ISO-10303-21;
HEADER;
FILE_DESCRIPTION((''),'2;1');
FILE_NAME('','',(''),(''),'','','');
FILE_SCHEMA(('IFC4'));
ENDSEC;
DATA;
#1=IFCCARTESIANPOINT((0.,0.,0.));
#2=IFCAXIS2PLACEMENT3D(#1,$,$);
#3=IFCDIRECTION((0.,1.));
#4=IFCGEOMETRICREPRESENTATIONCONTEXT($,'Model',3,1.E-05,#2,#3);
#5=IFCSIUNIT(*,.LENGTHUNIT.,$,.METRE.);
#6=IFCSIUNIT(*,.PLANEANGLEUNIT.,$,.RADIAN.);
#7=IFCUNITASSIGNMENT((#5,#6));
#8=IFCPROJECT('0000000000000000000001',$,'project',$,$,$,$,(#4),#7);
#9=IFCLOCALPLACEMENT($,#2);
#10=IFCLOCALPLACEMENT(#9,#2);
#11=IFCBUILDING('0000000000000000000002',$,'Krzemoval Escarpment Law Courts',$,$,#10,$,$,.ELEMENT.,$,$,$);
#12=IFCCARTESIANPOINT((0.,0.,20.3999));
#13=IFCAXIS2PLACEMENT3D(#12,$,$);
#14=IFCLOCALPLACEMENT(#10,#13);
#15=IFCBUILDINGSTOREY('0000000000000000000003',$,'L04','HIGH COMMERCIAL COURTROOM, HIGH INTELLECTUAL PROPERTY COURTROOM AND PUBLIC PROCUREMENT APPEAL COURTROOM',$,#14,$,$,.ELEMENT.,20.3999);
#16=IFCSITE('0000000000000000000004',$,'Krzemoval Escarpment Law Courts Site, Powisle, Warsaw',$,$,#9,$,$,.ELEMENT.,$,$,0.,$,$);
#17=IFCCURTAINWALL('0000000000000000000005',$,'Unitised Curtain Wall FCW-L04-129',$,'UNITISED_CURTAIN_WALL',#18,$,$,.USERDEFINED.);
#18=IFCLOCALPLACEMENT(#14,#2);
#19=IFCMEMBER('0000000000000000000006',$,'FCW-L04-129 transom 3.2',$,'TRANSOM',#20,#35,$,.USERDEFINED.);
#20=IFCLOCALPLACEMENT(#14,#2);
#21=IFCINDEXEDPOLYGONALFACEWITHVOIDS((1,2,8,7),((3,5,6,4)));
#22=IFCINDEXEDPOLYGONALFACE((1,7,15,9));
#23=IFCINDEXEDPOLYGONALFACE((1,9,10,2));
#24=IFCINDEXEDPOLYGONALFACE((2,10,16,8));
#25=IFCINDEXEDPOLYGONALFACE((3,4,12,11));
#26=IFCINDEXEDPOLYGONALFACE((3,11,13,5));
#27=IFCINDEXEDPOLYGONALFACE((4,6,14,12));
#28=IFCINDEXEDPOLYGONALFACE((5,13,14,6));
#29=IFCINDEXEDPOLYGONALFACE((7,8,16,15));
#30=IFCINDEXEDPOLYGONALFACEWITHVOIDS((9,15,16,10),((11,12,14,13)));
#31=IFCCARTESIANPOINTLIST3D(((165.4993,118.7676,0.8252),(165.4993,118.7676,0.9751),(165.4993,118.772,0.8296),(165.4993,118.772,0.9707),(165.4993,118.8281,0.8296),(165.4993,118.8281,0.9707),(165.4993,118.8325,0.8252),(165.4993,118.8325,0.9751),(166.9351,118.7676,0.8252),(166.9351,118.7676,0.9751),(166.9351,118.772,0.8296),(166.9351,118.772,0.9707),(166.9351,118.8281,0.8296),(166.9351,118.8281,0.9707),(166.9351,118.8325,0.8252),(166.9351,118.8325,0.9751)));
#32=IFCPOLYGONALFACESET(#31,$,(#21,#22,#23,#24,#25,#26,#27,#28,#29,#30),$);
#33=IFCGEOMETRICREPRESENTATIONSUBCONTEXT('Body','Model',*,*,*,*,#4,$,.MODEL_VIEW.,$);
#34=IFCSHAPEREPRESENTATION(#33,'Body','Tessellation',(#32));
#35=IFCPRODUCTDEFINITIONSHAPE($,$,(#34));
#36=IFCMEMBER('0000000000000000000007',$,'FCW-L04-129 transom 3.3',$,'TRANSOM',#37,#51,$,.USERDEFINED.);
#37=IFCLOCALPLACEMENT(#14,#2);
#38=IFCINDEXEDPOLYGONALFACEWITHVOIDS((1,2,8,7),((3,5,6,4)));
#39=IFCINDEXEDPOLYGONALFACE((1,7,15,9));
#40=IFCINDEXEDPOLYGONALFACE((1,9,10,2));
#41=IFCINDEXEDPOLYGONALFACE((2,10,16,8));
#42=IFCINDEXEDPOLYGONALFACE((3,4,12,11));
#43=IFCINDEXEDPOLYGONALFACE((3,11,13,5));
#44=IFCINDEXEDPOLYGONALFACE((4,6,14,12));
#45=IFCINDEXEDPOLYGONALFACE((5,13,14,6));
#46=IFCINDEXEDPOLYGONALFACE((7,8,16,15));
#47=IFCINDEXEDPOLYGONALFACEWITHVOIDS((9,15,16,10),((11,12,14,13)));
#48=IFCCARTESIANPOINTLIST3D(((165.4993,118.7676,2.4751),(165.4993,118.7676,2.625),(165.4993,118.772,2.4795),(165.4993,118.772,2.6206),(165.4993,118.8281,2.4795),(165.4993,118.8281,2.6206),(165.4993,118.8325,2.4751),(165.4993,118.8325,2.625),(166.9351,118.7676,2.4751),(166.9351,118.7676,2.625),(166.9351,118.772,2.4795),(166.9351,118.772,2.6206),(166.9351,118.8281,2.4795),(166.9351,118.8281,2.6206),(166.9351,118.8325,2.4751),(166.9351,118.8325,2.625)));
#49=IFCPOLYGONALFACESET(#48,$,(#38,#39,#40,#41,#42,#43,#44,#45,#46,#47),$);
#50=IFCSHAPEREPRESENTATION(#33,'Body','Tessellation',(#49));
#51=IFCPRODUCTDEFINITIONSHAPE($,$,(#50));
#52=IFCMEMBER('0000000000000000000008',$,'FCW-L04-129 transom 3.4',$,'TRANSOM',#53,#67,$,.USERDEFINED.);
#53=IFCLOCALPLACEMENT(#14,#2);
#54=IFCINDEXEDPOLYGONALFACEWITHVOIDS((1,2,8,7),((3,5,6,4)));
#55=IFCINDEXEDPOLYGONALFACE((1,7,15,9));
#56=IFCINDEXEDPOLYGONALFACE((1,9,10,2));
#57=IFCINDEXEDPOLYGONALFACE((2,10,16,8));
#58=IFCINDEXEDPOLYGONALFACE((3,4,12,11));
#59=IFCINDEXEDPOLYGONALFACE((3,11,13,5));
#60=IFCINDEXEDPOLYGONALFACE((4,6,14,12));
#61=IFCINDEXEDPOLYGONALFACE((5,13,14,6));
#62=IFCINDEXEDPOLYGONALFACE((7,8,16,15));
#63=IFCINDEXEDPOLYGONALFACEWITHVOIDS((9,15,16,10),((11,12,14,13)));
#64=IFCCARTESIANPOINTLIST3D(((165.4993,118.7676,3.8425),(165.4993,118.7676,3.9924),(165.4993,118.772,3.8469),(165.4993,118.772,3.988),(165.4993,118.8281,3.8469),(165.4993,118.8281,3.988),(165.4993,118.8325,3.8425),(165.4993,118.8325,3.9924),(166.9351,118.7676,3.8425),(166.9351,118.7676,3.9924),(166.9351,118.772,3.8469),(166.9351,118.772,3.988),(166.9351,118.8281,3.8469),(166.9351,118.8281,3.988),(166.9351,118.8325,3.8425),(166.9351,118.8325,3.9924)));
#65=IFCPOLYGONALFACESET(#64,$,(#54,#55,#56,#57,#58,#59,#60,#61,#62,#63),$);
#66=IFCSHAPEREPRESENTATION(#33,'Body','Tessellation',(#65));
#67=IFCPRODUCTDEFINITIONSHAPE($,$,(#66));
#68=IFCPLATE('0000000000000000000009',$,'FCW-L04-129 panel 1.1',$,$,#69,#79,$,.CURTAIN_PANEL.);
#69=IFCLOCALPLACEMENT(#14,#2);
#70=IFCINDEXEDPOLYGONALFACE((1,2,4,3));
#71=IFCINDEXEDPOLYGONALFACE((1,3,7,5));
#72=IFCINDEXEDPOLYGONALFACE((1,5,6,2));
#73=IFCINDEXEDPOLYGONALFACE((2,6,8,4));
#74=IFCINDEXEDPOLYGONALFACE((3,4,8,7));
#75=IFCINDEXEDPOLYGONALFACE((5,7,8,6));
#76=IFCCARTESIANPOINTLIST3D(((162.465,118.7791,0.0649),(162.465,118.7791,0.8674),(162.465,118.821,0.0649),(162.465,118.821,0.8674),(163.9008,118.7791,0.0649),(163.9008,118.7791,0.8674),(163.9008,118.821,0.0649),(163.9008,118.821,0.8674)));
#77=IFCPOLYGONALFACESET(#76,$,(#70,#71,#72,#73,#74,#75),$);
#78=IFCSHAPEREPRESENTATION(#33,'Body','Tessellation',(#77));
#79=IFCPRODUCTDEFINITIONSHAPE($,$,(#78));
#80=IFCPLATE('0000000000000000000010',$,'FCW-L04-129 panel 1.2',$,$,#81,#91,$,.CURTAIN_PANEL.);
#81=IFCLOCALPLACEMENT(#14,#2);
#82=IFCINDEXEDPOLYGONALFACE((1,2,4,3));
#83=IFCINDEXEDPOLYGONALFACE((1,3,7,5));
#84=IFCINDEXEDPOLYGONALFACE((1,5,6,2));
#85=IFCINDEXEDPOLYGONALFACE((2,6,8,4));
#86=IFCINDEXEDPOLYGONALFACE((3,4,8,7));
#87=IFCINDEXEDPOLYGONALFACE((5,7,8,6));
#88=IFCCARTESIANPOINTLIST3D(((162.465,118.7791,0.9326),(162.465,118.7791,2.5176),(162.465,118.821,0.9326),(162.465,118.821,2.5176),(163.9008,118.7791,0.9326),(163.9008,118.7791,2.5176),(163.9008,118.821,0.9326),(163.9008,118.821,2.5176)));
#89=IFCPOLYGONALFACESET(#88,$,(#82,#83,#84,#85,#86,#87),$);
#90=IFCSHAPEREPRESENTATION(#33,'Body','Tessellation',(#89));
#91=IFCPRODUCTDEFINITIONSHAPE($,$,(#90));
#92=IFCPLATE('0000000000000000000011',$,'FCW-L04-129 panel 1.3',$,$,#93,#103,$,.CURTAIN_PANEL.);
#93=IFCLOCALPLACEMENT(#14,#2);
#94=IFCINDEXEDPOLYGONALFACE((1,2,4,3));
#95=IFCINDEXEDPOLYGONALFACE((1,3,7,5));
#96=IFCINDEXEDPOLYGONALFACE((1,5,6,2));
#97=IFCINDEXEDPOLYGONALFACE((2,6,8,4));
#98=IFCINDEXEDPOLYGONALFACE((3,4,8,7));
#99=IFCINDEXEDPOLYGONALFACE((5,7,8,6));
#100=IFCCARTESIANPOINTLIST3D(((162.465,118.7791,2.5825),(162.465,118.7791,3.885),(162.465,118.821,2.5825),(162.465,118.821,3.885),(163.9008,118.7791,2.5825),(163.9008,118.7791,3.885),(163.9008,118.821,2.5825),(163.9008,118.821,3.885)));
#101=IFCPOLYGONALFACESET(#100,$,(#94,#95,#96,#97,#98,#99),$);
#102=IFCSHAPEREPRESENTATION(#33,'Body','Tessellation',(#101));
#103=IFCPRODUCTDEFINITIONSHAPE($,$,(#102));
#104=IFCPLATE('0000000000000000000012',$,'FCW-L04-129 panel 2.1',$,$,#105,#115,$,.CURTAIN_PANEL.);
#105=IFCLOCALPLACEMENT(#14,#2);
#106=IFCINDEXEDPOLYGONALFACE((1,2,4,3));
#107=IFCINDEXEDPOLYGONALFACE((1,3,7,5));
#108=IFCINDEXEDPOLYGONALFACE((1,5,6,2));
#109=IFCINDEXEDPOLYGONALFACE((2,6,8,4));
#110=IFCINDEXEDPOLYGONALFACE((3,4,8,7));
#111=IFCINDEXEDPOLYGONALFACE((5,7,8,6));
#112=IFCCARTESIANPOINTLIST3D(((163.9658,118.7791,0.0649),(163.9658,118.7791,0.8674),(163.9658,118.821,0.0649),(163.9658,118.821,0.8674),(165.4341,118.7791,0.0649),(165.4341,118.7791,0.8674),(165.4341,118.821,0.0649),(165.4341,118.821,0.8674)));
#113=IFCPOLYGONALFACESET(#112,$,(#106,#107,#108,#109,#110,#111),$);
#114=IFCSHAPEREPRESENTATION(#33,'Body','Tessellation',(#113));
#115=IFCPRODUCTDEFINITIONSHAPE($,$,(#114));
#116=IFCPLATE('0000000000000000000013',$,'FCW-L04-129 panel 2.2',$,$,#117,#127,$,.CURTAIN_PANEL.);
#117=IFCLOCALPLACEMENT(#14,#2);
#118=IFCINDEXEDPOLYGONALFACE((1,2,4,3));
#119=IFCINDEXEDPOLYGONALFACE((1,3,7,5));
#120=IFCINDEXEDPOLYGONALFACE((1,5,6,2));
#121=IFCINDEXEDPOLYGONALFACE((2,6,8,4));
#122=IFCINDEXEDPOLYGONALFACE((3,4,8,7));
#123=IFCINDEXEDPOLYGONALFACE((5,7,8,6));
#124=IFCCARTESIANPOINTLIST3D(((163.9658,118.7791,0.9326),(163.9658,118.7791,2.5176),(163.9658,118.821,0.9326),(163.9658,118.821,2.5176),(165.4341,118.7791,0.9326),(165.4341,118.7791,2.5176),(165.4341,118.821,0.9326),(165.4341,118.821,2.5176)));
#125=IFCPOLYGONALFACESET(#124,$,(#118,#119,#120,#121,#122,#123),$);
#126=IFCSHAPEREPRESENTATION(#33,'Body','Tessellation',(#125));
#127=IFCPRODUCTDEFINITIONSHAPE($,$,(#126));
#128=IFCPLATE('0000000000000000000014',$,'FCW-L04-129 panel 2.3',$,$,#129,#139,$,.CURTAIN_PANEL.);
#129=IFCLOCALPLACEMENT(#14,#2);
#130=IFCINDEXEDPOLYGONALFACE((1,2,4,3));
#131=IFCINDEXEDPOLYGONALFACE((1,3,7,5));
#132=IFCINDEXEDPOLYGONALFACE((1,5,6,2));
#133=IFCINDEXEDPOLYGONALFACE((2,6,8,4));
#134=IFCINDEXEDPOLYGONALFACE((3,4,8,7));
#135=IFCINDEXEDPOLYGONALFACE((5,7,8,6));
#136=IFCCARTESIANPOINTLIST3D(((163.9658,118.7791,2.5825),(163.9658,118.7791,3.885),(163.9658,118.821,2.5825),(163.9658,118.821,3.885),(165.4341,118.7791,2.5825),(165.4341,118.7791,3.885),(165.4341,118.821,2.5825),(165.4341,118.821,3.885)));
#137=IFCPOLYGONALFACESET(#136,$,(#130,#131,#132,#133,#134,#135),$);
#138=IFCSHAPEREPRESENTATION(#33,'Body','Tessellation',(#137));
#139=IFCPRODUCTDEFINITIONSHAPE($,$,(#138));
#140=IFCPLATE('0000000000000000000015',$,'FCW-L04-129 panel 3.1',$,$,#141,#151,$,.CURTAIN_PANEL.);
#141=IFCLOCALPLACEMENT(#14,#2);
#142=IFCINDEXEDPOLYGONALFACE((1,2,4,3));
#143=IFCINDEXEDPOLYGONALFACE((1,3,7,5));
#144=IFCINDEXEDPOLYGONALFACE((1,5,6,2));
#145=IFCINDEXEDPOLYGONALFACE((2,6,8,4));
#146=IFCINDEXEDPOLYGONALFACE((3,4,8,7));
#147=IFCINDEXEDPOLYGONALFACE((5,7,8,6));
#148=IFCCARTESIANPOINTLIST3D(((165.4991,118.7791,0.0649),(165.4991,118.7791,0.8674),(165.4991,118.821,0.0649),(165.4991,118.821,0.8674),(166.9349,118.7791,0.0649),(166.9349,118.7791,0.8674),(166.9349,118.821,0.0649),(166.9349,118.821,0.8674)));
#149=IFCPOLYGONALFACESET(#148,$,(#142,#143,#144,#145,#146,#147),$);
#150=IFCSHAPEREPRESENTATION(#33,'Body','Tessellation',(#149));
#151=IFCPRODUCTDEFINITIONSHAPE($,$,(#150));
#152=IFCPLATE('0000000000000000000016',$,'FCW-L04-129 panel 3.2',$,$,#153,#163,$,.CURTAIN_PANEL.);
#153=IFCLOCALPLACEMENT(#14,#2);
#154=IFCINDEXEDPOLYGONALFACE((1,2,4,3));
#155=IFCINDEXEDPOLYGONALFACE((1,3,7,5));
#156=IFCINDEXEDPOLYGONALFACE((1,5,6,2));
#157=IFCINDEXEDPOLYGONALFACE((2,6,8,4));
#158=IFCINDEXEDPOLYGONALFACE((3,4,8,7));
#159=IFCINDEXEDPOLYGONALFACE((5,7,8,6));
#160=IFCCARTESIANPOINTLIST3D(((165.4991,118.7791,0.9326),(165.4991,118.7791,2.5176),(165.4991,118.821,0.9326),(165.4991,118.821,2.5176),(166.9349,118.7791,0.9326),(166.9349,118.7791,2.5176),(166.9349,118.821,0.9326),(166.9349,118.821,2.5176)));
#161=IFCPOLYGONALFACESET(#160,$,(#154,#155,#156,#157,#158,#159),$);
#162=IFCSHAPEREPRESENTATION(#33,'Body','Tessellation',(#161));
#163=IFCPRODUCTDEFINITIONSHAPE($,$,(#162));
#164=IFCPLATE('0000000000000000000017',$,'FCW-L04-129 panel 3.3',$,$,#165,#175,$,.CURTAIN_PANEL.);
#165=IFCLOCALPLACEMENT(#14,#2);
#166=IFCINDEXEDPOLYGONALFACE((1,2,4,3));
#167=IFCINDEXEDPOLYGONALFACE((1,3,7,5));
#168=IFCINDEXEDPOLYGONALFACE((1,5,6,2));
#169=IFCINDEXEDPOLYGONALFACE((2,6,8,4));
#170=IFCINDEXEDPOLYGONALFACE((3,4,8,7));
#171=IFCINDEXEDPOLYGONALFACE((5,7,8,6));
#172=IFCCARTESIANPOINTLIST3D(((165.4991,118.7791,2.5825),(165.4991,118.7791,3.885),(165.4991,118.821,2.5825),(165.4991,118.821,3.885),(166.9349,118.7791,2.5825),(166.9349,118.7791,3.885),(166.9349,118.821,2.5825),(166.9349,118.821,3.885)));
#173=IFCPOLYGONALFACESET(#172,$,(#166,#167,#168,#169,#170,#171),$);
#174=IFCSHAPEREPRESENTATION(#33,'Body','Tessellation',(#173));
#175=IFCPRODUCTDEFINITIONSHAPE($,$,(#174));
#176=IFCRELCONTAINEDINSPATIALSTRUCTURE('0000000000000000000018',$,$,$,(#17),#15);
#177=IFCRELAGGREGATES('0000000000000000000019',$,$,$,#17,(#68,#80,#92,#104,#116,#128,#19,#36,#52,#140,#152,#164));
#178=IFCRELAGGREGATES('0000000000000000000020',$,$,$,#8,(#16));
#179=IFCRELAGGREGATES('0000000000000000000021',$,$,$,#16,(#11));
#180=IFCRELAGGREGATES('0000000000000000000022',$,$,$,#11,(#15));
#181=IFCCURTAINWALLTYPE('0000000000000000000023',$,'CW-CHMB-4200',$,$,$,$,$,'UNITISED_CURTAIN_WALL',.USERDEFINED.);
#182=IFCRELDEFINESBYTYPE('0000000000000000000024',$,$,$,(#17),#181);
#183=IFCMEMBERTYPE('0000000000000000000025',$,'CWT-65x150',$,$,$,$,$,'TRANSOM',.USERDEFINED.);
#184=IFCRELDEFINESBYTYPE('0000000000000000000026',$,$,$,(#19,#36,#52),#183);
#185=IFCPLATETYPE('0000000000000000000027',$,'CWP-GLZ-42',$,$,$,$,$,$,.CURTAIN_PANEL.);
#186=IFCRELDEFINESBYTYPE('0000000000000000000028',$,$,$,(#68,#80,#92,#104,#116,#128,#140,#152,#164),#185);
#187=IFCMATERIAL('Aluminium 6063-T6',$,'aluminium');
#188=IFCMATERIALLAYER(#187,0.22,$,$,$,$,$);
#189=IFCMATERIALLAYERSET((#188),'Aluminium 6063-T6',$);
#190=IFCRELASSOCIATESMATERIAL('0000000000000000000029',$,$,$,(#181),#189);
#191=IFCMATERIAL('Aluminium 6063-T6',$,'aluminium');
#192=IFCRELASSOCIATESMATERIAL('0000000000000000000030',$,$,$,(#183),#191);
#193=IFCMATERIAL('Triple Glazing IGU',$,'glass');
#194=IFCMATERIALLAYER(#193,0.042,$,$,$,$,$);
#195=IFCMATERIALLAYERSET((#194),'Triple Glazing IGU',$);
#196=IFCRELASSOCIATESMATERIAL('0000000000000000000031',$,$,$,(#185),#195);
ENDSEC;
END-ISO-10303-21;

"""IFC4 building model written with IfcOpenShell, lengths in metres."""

from ifc_helpers import new_model, si_unit, direction, frame, origin, origin_2d, place, context, subcontext, project, spatial, rectangle, hollow_rectangle, extrude, material, layer, layer_set, material_profile, profile_set, type_object, element, aggregate, save


model = new_model("IFC4")

# Units and contexts
model_context = context("Model", 3, precision=1e-05, world=origin(), true_north=direction((0.0, 1.0)))
body_context = subcontext(model_context, "Body", "Model", "MODEL_VIEW")
ifc_project = project(units=[si_unit("LENGTHUNIT", "METRE"), si_unit("PLANEANGLEUNIT", "RADIAN")], contexts=[model_context])

# Site, building, storey
site_placement = place(None, origin())
site = spatial("IfcSite", under=ifc_project, at=site_placement, Name="Krzemoval Escarpment Law Courts Site, Powisle, Warsaw", CompositionType="ELEMENT", RefElevation=0.0)
building_placement = place(site_placement, origin())
building = spatial("IfcBuilding", under=site, at=building_placement, Name="Krzemoval Escarpment Law Courts", CompositionType="ELEMENT")
storey_placement = place(building_placement, frame((0.0, 0.0, 20.3999)))
storey = spatial("IfcBuildingStorey", under=building, at=storey_placement, Name="L04", Description="HIGH COMMERCIAL COURTROOM, HIGH INTELLECTUAL PROPERTY COURTROOM AND PUBLIC PROCUREMENT APPEAL COURTROOM", CompositionType="ELEMENT", Elevation=20.3999)

# Curtain wall, members, plates
ifc_material_1 = material(Name="Aluminium 6063-T6", Category="aluminium")
ifc_layer_1 = layer(ifc_material_1, 0.22)
ifc_layer_set_1 = layer_set([ifc_layer_1], Name="Aluminium 6063-T6")
curtain_wall_type = type_object("IfcCurtainWallType", Name="CW-CHMB-4200", ElementType="UNITISED_CURTAIN_WALL", PredefinedType="USERDEFINED", material=ifc_layer_set_1)
curtain_wall_placement = place(storey_placement, origin())
curtain_wall = element("IfcCurtainWall", 1, at=curtain_wall_placement, inside=storey, type_object=curtain_wall_type, Name="Unitised Curtain Wall FCW-L04-129", ObjectType="UNITISED_CURTAIN_WALL", PredefinedType="USERDEFINED")
ifc_material_2 = material(Name="Aluminium 6063-T6", Category="aluminium")
ifc_material_profile_1 = material_profile(ifc_material_2, hollow_rectangle(XDim=0.0649, YDim=0.1499, WallThickness=0.0044, at=origin_2d()), Name="ALU T65x150")
ifc_profile_set_1 = profile_set([ifc_material_profile_1], Name="Aluminium 6063-T6")
member_type_1 = type_object("IfcMemberType", Name="CWT-65x150", ElementType="TRANSOM", PredefinedType="USERDEFINED", material=ifc_profile_set_1)
member_1_placement = place(storey_placement, frame((165.4993, 118.8, 0.9001), z_axis=(1.0, 0.0, 0.0), x_axis=(0.0, 1.0, 0.0)))
member_1 = element("IfcMember", 2, at=member_1_placement, type_object=member_type_1, Name="FCW-L04-129 transom 3.2", ObjectType="TRANSOM", PredefinedType="USERDEFINED", context=body_context, shape_type="SweptSolid", body=[
    extrude(hollow_rectangle(XDim=0.0649, YDim=0.1499, WallThickness=0.0044, at=origin_2d()), origin(), (0.0, 0.0, 1.0), 1.4358),
])
member_2_placement = place(storey_placement, frame((165.4993, 118.8, 2.55), z_axis=(1.0, 0.0, 0.0), x_axis=(0.0, 1.0, 0.0)))
member_2 = element("IfcMember", 3, at=member_2_placement, type_object=member_type_1, Name="FCW-L04-129 transom 3.3", ObjectType="TRANSOM", PredefinedType="USERDEFINED", context=body_context, shape_type="SweptSolid", body=[
    extrude(hollow_rectangle(XDim=0.0649, YDim=0.1499, WallThickness=0.0044, at=origin_2d()), origin(), (0.0, 0.0, 1.0), 1.4358),
])
member_3_placement = place(storey_placement, frame((165.4993, 118.8, 3.9175), z_axis=(1.0, 0.0, 0.0), x_axis=(0.0, 1.0, 0.0)))
member_3 = element("IfcMember", 4, at=member_3_placement, type_object=member_type_1, Name="FCW-L04-129 transom 3.4", ObjectType="TRANSOM", PredefinedType="USERDEFINED", context=body_context, shape_type="SweptSolid", body=[
    extrude(hollow_rectangle(XDim=0.0649, YDim=0.1499, WallThickness=0.0044, at=origin_2d()), origin(), (0.0, 0.0, 1.0), 1.4358),
])
ifc_material_3 = material(Name="Triple Glazing IGU", Category="glass")
ifc_layer_2 = layer(ifc_material_3, 0.042)
ifc_layer_set_2 = layer_set([ifc_layer_2], Name="Triple Glazing IGU")
plate_type = type_object("IfcPlateType", Name="CWP-GLZ-42", PredefinedType="CURTAIN_PANEL", material=ifc_layer_set_2)
plate_1_placement = place(storey_placement, frame((163.1829, 118.8, 0.0649), z_axis=(0.0, 0.0, 1.0), x_axis=(1.0, 0.0, 0.0)))
plate_1 = element("IfcPlate", 5, at=plate_1_placement, type_object=plate_type, Name="FCW-L04-129 panel 1.1", PredefinedType="CURTAIN_PANEL", context=body_context, shape_type="SweptSolid", body=[
    extrude(rectangle(XDim=1.4358, YDim=0.042, at=origin_2d()), origin(), (0.0, 0.0, 1.0), 0.8025),
])
plate_2_placement = place(storey_placement, frame((163.1829, 118.8, 0.9326), z_axis=(0.0, 0.0, 1.0), x_axis=(1.0, 0.0, 0.0)))
plate_2 = element("IfcPlate", 6, at=plate_2_placement, type_object=plate_type, Name="FCW-L04-129 panel 1.2", PredefinedType="CURTAIN_PANEL", context=body_context, shape_type="SweptSolid", body=[
    extrude(rectangle(XDim=1.4358, YDim=0.042, at=origin_2d()), origin(), (0.0, 0.0, 1.0), 1.585),
])
plate_3_placement = place(storey_placement, frame((163.1829, 118.8, 2.5825), z_axis=(0.0, 0.0, 1.0), x_axis=(1.0, 0.0, 0.0)))
plate_3 = element("IfcPlate", 7, at=plate_3_placement, type_object=plate_type, Name="FCW-L04-129 panel 1.3", PredefinedType="CURTAIN_PANEL", context=body_context, shape_type="SweptSolid", body=[
    extrude(rectangle(XDim=1.4358, YDim=0.042, at=origin_2d()), origin(), (0.0, 0.0, 1.0), 1.3025),
])
plate_4_placement = place(storey_placement, frame((164.7, 118.8, 0.0649), z_axis=(0.0, 0.0, 1.0), x_axis=(1.0, 0.0, 0.0)))
plate_4 = element("IfcPlate", 8, at=plate_4_placement, type_object=plate_type, Name="FCW-L04-129 panel 2.1", PredefinedType="CURTAIN_PANEL", context=body_context, shape_type="SweptSolid", body=[
    extrude(rectangle(XDim=1.4683, YDim=0.042, at=origin_2d()), origin(), (0.0, 0.0, 1.0), 0.8025),
])
plate_5_placement = place(storey_placement, frame((164.7, 118.8, 0.9326), z_axis=(0.0, 0.0, 1.0), x_axis=(1.0, 0.0, 0.0)))
plate_5 = element("IfcPlate", 9, at=plate_5_placement, type_object=plate_type, Name="FCW-L04-129 panel 2.2", PredefinedType="CURTAIN_PANEL", context=body_context, shape_type="SweptSolid", body=[
    extrude(rectangle(XDim=1.4683, YDim=0.042, at=origin_2d()), origin(), (0.0, 0.0, 1.0), 1.585),
])
plate_6_placement = place(storey_placement, frame((164.7, 118.8, 2.5825), z_axis=(0.0, 0.0, 1.0), x_axis=(1.0, 0.0, 0.0)))
plate_6 = element("IfcPlate", 10, at=plate_6_placement, type_object=plate_type, Name="FCW-L04-129 panel 2.3", PredefinedType="CURTAIN_PANEL", context=body_context, shape_type="SweptSolid", body=[
    extrude(rectangle(XDim=1.4683, YDim=0.042, at=origin_2d()), origin(), (0.0, 0.0, 1.0), 1.3025),
])
plate_7_placement = place(storey_placement, frame((166.217, 118.8, 0.0649), z_axis=(0.0, 0.0, 1.0), x_axis=(1.0, 0.0, 0.0)))
plate_7 = element("IfcPlate", 11, at=plate_7_placement, type_object=plate_type, Name="FCW-L04-129 panel 3.1", PredefinedType="CURTAIN_PANEL", context=body_context, shape_type="SweptSolid", body=[
    extrude(rectangle(XDim=1.4358, YDim=0.042, at=origin_2d()), origin(), (0.0, 0.0, 1.0), 0.8025),
])
plate_8_placement = place(storey_placement, frame((166.217, 118.8, 0.9326), z_axis=(0.0, 0.0, 1.0), x_axis=(1.0, 0.0, 0.0)))
plate_8 = element("IfcPlate", 12, at=plate_8_placement, type_object=plate_type, Name="FCW-L04-129 panel 3.2", PredefinedType="CURTAIN_PANEL", context=body_context, shape_type="SweptSolid", body=[
    extrude(rectangle(XDim=1.4358, YDim=0.042, at=origin_2d()), origin(), (0.0, 0.0, 1.0), 1.585),
])
plate_9_placement = place(storey_placement, frame((166.217, 118.8, 2.5825), z_axis=(0.0, 0.0, 1.0), x_axis=(1.0, 0.0, 0.0)))
plate_9 = element("IfcPlate", 13, at=plate_9_placement, type_object=plate_type, Name="FCW-L04-129 panel 3.3", PredefinedType="CURTAIN_PANEL", context=body_context, shape_type="SweptSolid", body=[
    extrude(rectangle(XDim=1.4358, YDim=0.042, at=origin_2d()), origin(), (0.0, 0.0, 1.0), 1.3025),
])
aggregate(curtain_wall, [plate_1, plate_2, plate_3, plate_4, plate_5, plate_6, member_1, member_2, member_3, plate_7, plate_8, plate_9])

save(model, "model.ifc")
